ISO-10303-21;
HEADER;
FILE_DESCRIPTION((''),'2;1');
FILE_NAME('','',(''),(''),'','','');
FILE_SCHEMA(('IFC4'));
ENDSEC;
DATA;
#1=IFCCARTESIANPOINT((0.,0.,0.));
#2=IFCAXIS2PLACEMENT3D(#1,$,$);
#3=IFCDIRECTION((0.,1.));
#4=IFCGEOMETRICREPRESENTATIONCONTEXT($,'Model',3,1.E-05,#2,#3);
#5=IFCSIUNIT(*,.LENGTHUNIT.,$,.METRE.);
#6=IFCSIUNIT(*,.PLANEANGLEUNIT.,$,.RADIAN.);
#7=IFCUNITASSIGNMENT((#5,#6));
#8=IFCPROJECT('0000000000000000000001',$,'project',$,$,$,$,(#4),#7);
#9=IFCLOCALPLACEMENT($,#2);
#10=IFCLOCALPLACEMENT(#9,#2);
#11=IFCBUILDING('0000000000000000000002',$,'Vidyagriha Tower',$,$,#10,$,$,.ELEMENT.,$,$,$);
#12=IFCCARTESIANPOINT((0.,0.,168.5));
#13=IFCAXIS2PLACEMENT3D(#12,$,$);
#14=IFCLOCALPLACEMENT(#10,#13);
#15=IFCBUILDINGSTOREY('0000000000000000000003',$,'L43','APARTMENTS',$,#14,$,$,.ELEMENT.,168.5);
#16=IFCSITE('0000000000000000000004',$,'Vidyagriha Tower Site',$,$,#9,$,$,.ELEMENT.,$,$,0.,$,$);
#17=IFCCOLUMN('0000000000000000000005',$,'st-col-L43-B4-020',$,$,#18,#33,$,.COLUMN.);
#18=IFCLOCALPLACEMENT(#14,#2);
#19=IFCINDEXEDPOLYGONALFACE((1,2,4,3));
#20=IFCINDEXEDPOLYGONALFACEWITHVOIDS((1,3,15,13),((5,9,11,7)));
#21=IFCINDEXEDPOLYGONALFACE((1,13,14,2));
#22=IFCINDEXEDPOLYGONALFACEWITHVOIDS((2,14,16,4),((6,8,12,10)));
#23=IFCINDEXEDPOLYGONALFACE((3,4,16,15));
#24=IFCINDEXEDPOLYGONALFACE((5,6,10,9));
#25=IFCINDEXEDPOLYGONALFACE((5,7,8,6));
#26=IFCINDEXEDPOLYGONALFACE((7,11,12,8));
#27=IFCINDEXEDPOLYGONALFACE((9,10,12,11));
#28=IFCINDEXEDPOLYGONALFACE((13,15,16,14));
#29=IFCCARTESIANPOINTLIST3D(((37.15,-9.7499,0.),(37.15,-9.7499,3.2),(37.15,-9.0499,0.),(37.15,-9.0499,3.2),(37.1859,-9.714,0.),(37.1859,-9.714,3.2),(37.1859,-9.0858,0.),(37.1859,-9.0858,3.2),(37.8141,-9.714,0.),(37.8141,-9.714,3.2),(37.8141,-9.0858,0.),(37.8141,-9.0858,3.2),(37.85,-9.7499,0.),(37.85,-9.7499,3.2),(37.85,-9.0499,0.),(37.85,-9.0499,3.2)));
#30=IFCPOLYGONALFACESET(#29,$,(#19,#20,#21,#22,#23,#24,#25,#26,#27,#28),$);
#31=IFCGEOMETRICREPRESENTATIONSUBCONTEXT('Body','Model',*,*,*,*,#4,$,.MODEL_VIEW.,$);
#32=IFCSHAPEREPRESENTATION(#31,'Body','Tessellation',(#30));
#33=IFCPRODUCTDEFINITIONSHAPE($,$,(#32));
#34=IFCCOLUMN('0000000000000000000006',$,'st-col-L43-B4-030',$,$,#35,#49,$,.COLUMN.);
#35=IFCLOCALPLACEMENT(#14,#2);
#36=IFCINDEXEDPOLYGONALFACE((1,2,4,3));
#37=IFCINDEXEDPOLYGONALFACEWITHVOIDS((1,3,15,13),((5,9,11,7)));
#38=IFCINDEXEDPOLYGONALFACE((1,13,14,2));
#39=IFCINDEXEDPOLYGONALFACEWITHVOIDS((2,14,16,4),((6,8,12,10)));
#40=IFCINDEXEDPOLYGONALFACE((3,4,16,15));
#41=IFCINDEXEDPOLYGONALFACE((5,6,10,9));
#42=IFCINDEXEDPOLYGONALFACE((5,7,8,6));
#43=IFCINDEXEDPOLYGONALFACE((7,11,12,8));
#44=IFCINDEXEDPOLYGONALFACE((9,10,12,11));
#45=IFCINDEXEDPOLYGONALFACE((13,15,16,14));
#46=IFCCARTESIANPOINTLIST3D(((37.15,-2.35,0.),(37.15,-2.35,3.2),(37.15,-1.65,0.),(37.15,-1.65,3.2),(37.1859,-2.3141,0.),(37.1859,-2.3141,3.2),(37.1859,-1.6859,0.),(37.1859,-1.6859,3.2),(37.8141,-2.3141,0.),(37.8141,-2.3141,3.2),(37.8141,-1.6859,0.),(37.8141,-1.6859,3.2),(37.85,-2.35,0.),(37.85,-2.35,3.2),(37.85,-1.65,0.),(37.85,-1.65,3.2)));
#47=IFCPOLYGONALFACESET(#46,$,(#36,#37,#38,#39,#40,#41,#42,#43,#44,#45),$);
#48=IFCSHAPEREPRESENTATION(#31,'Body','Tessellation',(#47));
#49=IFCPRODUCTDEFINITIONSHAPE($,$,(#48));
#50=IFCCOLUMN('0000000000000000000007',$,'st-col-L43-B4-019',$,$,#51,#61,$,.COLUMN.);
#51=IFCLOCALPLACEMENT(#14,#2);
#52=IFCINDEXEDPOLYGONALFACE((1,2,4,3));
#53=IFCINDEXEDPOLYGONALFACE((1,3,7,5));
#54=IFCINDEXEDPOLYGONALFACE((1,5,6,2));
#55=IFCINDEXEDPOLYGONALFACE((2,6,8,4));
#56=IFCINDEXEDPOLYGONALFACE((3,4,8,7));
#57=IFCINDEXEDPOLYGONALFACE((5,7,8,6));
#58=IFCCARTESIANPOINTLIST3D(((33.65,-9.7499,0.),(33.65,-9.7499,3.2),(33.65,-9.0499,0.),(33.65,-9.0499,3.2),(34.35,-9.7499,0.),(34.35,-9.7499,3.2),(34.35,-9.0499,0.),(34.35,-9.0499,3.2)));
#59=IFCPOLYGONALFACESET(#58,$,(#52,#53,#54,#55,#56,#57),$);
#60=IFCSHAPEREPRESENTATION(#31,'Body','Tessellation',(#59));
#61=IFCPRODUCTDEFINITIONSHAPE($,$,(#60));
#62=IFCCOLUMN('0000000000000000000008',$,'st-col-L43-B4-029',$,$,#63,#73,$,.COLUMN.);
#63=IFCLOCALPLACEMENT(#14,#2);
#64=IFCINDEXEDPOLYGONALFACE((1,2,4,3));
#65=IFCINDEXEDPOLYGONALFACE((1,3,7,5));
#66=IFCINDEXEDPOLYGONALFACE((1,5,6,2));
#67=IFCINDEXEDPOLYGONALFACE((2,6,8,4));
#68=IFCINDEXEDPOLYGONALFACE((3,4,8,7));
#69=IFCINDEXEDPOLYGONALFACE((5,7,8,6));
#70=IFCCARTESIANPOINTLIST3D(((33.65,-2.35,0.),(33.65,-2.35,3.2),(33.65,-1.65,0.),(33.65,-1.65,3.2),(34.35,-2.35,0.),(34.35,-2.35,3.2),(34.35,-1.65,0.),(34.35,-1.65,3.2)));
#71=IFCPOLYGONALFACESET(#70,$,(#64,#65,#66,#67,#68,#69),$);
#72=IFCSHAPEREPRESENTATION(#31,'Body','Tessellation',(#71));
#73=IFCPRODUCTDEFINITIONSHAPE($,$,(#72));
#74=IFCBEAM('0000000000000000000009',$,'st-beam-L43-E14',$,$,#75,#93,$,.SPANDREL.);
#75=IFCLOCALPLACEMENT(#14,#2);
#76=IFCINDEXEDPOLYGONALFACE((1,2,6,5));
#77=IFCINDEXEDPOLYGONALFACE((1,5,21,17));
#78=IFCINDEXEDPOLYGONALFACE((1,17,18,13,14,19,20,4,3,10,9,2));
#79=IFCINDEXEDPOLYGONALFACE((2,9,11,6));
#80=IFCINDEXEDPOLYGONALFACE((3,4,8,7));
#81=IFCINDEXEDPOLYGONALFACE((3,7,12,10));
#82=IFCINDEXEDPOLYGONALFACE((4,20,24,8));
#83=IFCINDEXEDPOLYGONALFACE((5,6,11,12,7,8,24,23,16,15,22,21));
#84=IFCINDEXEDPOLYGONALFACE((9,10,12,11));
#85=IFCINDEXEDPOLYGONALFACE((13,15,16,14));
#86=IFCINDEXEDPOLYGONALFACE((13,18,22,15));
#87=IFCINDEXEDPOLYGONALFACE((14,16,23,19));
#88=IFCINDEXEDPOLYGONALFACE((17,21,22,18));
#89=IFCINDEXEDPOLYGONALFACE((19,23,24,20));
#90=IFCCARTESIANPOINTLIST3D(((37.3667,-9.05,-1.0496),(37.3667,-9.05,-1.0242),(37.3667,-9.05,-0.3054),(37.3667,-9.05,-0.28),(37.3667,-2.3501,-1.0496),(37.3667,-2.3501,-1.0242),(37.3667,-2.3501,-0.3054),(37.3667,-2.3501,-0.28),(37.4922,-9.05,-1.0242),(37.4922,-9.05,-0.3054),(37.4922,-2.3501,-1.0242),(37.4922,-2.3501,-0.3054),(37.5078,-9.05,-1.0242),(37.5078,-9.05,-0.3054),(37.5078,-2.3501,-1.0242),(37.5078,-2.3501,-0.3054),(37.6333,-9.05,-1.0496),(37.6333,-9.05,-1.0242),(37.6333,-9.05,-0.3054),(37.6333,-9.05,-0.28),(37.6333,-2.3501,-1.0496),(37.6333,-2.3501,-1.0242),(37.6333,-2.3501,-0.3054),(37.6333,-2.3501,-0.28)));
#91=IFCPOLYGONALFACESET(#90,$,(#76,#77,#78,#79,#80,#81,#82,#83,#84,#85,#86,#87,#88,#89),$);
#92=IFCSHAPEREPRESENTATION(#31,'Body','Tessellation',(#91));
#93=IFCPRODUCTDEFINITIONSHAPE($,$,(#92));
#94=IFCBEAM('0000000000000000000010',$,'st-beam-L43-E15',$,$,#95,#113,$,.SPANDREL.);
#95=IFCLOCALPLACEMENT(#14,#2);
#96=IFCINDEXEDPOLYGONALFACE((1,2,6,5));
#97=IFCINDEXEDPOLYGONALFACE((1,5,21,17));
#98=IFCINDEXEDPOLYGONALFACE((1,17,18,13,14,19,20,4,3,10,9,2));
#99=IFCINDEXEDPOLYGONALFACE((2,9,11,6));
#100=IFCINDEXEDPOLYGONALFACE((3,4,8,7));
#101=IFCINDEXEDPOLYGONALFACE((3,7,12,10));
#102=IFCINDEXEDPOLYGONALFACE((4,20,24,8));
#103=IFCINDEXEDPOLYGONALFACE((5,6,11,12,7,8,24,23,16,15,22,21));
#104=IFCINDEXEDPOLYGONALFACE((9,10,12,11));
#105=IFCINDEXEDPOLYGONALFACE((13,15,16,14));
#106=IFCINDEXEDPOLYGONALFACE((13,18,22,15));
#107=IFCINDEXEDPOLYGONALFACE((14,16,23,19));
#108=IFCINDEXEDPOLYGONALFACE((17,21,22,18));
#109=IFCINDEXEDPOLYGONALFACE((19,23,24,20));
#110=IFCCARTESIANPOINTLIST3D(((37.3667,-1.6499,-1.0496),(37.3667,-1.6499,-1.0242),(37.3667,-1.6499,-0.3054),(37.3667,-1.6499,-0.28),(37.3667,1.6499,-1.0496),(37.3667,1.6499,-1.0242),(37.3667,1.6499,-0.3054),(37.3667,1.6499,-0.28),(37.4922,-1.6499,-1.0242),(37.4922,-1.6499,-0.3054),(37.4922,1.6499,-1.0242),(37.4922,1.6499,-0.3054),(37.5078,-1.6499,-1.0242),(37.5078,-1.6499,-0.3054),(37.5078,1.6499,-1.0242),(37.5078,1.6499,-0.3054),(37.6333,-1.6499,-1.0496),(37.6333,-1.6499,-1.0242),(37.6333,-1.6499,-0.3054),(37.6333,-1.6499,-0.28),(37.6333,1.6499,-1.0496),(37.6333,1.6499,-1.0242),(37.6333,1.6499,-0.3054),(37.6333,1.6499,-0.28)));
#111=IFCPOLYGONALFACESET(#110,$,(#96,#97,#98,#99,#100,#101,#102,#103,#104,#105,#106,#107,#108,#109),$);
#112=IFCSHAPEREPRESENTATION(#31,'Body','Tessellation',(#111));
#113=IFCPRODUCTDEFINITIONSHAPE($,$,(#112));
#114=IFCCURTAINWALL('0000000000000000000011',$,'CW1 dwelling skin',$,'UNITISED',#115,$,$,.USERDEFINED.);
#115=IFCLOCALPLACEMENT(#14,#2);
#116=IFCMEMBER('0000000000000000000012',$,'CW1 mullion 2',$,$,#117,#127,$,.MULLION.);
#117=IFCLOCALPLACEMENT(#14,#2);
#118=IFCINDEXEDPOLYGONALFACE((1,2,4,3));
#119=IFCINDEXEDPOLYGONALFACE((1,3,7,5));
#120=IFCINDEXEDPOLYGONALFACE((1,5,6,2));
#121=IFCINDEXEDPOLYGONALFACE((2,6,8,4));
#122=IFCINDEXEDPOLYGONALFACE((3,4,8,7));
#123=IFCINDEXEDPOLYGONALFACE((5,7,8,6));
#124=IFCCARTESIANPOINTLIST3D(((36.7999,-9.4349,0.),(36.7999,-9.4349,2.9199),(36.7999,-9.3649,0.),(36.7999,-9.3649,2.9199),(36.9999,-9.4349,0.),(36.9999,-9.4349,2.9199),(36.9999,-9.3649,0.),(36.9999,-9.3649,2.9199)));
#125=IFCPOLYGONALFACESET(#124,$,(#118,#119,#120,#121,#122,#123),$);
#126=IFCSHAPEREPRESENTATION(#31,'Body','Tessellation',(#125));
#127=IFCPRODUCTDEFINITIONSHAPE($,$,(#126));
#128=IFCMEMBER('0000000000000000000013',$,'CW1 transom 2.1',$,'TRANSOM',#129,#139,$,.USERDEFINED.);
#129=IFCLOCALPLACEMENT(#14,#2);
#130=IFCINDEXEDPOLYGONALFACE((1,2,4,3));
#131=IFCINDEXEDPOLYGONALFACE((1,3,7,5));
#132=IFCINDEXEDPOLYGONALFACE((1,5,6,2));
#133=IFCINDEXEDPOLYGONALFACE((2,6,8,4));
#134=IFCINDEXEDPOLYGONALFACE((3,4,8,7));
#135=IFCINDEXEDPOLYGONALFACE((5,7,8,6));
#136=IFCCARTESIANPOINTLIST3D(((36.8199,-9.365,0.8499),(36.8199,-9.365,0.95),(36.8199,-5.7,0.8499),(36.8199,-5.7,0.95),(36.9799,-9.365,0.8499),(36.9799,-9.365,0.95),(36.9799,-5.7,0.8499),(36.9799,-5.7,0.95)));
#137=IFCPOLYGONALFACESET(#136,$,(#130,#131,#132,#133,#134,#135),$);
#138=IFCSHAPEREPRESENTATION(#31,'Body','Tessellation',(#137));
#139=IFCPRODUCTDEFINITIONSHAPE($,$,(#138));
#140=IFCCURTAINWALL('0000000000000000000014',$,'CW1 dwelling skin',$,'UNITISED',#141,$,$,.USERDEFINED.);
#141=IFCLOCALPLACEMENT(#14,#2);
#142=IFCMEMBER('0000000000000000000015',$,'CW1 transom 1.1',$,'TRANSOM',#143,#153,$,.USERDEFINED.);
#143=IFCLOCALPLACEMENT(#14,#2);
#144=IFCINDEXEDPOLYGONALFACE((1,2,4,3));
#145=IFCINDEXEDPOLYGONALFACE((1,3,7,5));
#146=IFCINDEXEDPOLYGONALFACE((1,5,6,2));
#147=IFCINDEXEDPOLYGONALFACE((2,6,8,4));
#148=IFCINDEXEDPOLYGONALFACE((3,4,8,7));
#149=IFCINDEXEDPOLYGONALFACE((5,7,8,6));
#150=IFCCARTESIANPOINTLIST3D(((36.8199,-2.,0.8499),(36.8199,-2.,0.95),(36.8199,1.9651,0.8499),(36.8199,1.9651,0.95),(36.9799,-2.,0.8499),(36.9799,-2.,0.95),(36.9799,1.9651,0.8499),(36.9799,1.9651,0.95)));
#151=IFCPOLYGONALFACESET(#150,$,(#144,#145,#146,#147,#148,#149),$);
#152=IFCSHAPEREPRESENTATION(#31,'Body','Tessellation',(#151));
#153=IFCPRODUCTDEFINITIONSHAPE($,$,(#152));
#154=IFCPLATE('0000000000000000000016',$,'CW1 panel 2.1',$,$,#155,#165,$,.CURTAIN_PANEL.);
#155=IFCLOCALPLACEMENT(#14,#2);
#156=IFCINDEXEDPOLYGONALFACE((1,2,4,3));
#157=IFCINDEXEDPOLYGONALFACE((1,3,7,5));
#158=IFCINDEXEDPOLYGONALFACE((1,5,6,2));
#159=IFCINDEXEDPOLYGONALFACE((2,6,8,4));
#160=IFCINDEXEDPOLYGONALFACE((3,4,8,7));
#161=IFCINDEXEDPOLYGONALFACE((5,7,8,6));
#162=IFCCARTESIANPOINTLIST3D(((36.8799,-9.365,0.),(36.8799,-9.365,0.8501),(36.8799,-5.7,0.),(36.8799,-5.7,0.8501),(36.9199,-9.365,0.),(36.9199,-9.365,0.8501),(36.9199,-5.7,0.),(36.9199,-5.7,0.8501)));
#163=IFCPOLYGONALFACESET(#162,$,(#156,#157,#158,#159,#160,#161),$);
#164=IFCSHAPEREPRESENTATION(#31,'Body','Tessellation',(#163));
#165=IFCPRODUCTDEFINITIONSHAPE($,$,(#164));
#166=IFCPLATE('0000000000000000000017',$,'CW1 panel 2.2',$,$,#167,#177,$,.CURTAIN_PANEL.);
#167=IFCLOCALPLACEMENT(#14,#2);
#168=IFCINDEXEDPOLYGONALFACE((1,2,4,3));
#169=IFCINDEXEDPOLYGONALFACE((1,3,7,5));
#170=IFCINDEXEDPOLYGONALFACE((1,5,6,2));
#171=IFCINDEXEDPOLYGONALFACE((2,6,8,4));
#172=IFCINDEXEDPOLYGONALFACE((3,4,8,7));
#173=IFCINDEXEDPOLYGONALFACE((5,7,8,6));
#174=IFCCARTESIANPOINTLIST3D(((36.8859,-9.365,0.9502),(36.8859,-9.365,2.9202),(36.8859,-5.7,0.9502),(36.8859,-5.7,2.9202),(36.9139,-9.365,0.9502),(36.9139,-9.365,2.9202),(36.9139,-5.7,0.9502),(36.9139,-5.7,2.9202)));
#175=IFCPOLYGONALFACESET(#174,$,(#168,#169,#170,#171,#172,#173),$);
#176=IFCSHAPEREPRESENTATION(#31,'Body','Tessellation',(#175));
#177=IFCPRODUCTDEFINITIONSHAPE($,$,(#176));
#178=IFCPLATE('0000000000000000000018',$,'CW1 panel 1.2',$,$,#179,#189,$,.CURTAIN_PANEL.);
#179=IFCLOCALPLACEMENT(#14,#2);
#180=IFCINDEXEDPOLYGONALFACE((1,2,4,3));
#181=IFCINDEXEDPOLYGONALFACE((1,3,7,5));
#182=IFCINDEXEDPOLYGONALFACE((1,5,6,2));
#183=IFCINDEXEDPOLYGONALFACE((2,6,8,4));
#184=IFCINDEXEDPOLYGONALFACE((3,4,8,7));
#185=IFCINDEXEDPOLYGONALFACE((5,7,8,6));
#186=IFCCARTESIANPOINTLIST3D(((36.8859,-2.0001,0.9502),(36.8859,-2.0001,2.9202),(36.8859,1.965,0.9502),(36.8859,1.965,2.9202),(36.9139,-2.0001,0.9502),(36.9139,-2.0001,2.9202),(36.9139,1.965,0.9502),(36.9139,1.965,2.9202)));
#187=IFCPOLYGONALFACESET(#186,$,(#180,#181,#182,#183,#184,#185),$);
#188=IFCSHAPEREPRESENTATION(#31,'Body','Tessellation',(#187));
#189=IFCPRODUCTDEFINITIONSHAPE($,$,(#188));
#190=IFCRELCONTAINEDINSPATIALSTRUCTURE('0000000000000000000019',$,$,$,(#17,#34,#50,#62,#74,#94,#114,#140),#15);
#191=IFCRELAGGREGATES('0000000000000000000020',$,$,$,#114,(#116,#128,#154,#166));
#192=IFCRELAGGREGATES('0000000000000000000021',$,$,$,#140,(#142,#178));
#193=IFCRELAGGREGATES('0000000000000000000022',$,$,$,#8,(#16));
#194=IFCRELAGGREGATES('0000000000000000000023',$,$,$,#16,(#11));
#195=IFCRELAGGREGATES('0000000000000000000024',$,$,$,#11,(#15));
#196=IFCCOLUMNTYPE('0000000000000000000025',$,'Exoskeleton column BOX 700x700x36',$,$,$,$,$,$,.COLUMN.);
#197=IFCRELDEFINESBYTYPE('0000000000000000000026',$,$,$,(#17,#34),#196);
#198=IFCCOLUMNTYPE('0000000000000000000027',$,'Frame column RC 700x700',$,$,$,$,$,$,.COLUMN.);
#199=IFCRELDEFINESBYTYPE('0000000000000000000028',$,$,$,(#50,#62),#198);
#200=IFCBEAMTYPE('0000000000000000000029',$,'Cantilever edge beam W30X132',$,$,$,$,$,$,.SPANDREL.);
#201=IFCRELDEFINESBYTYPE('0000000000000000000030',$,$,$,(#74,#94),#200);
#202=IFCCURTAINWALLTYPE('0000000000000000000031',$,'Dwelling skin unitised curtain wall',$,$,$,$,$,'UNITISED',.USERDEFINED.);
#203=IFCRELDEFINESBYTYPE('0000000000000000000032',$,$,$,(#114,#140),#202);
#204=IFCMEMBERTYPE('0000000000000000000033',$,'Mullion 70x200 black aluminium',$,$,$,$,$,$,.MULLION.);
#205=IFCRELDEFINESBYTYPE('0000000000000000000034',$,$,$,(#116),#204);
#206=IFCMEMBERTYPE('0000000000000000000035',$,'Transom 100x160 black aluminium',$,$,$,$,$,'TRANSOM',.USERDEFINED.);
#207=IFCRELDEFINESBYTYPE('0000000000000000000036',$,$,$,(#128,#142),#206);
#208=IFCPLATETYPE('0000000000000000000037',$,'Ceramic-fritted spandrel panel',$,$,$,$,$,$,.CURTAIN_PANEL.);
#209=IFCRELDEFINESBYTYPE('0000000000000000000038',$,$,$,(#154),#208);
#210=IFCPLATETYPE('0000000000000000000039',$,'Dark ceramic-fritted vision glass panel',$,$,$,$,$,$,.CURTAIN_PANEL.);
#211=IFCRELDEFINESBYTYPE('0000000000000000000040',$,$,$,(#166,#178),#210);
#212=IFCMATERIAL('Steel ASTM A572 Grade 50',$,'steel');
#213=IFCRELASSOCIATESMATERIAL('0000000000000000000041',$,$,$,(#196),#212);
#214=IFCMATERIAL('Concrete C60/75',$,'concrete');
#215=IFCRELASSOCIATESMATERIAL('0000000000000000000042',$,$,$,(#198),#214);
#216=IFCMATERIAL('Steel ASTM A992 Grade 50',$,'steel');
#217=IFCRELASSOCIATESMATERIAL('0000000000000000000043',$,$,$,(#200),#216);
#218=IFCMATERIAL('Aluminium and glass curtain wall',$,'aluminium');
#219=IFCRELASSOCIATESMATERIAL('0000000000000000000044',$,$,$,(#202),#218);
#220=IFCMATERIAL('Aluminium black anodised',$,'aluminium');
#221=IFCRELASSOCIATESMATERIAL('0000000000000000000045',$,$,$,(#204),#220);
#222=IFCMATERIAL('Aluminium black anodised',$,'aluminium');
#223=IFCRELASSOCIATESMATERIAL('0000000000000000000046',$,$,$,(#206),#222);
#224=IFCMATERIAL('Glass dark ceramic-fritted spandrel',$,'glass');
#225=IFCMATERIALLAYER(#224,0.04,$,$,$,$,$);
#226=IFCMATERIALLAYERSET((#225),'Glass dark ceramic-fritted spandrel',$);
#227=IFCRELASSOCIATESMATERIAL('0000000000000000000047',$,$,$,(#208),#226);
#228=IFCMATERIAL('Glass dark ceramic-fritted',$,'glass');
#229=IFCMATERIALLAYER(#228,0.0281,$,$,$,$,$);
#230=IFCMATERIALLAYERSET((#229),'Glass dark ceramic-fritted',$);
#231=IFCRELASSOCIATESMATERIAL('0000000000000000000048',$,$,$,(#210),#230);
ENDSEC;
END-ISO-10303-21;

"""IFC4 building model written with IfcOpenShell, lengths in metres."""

from ifc_helpers import new_model, si_unit, direction, frame, origin, origin_2d, place, context, subcontext, project, spatial, rectangle, hollow_rectangle, i_section, extrude, material, layer, layer_set, material_profile, profile_set, type_object, element, aggregate, save


model = new_model("IFC4")

# Units and contexts
model_context = context("Model", 3, precision=1e-05, world=origin(), true_north=direction((0.0, 1.0)))
body_context = subcontext(model_context, "Body", "Model", "MODEL_VIEW")
ifc_project = project(units=[si_unit("LENGTHUNIT", "METRE"), si_unit("PLANEANGLEUNIT", "RADIAN")], contexts=[model_context])

# Site, building, storey
site_placement = place(None, origin())
site = spatial("IfcSite", under=ifc_project, at=site_placement, Name="Vidyagriha Tower Site", CompositionType="ELEMENT", RefElevation=0.0)
building_placement = place(site_placement, origin())
building = spatial("IfcBuilding", under=site, at=building_placement, Name="Vidyagriha Tower", CompositionType="ELEMENT")
storey_placement = place(building_placement, frame((0.0, 0.0, 168.5)))
storey = spatial("IfcBuildingStorey", under=building, at=storey_placement, Name="L43", Description="APARTMENTS", CompositionType="ELEMENT", Elevation=168.5)

# Columns
ifc_material_1 = material(Name="Steel ASTM A572 Grade 50", Category="steel")
ifc_material_profile_1 = material_profile(ifc_material_1, hollow_rectangle(XDim=0.7, YDim=0.7, WallThickness=0.0359, at=origin_2d()), Name="BOX 700x700x36")
ifc_profile_set_1 = profile_set([ifc_material_profile_1], Name="Steel ASTM A572 Grade 50")
column_type_1 = type_object("IfcColumnType", Name="Exoskeleton column BOX 700x700x36", PredefinedType="COLUMN", material=ifc_profile_set_1)
for number, where, name in (
    (1, (37.5, -9.3999, 0.0), "st-col-L43-B4-020"),
    (2, (37.5, -2.0, 0.0), "st-col-L43-B4-030"),
):
    element("IfcColumn", number, at=place(storey_placement, frame(where)), inside=storey, type_object=column_type_1, Name=name, PredefinedType="COLUMN", context=body_context, shape_type="SweptSolid", body=[
        extrude(hollow_rectangle(XDim=0.7, YDim=0.7, WallThickness=0.0359, at=origin_2d()), origin(), (0.0, 0.0, 1.0), 3.2),
    ])
ifc_material_2 = material(Name="Concrete C60/75", Category="concrete")
ifc_material_profile_2 = material_profile(ifc_material_2, rectangle(XDim=0.7, YDim=0.7, at=origin_2d()), Name="RC 700x700")
ifc_profile_set_2 = profile_set([ifc_material_profile_2], Name="Concrete C60/75")
column_type_2 = type_object("IfcColumnType", Name="Frame column RC 700x700", PredefinedType="COLUMN", material=ifc_profile_set_2)
for number, where, name in (
    (3, (34.0, -9.3999, 0.0), "st-col-L43-B4-019"),
    (4, (34.0, -2.0, 0.0), "st-col-L43-B4-029"),
):
    element("IfcColumn", number, at=place(storey_placement, frame(where)), inside=storey, type_object=column_type_2, Name=name, PredefinedType="COLUMN", context=body_context, shape_type="SweptSolid", body=[
        extrude(rectangle(XDim=0.7, YDim=0.7, at=origin_2d()), origin(), (0.0, 0.0, 1.0), 3.2),
    ])

# Beams
ifc_material_3 = material(Name="Steel ASTM A992 Grade 50", Category="steel")
ifc_material_profile_3 = material_profile(ifc_material_3, i_section(OverallWidth=0.2666, OverallDepth=0.7695, WebThickness=0.0156, FlangeThickness=0.0254, at=origin_2d()), Name="W30X132")
ifc_profile_set_3 = profile_set([ifc_material_profile_3], Name="Steel ASTM A992 Grade 50")
beam_type = type_object("IfcBeamType", Name="Cantilever edge beam W30X132", PredefinedType="SPANDREL", material=ifc_profile_set_3)
beam_1_placement = place(storey_placement, frame((37.5, -9.05, -0.6648), z_axis=(0.0, 1.0, 0.0), x_axis=(-1.0, 0.0, 0.0)))
element("IfcBeam", 5, at=beam_1_placement, inside=storey, type_object=beam_type, Name="st-beam-L43-E14", PredefinedType="SPANDREL", context=body_context, shape_type="SweptSolid", body=[
    extrude(i_section(OverallWidth=0.2666, OverallDepth=0.7695, WebThickness=0.0156, FlangeThickness=0.0254, at=origin_2d()), origin(), (0.0, 0.0, 1.0), 6.7),
])
beam_2_placement = place(storey_placement, frame((37.5, -1.6499, -0.6648), z_axis=(0.0, 1.0, 0.0), x_axis=(-1.0, 0.0, 0.0)))
element("IfcBeam", 6, at=beam_2_placement, inside=storey, type_object=beam_type, Name="st-beam-L43-E15", PredefinedType="SPANDREL", context=body_context, shape_type="SweptSolid", body=[
    extrude(i_section(OverallWidth=0.2666, OverallDepth=0.7695, WebThickness=0.0156, FlangeThickness=0.0254, at=origin_2d()), origin(), (0.0, 0.0, 1.0), 3.2998),
])

# Curtain wall, members
ifc_material_4 = material(Name="Aluminium and glass curtain wall", Category="aluminium")
curtain_wall_type = type_object("IfcCurtainWallType", Name="Dwelling skin unitised curtain wall", ElementType="UNITISED", PredefinedType="USERDEFINED", material=ifc_material_4)
curtain_wall_1_placement = place(storey_placement, origin())
curtain_wall_1 = element("IfcCurtainWall", 7, at=curtain_wall_1_placement, inside=storey, type_object=curtain_wall_type, Name="CW1 dwelling skin", ObjectType="UNITISED", PredefinedType="USERDEFINED")
ifc_material_5 = material(Name="Aluminium black anodised", Category="aluminium")
ifc_material_profile_4 = material_profile(ifc_material_5, rectangle(XDim=0.2, YDim=0.0701, at=origin_2d()), Name="Mullion 70x200 black aluminium")
ifc_profile_set_4 = profile_set([ifc_material_profile_4], Name="Aluminium black anodised")
member_type_1 = type_object("IfcMemberType", Name="Mullion 70x200 black aluminium", PredefinedType="MULLION", material=ifc_profile_set_4)
member_1_placement = place(storey_placement, frame((36.8999, -9.3999, 0.0), z_axis=(0.0, 0.0, 1.0), x_axis=(-1.0, 0.0, 0.0)))
member_1 = element("IfcMember", 8, at=member_1_placement, type_object=member_type_1, Name="CW1 mullion 2", PredefinedType="MULLION", context=body_context, shape_type="SweptSolid", body=[
    extrude(rectangle(XDim=0.2, YDim=0.0701, at=origin_2d()), origin(), (0.0, 0.0, 1.0), 2.9199),
])
ifc_material_6 = material(Name="Aluminium black anodised", Category="aluminium")
ifc_material_profile_5 = material_profile(ifc_material_6, rectangle(XDim=0.1599, YDim=0.1001, at=origin_2d()), Name="Transom 100x160 black aluminium")
ifc_profile_set_5 = profile_set([ifc_material_profile_5], Name="Aluminium black anodised")
member_type_2 = type_object("IfcMemberType", Name="Transom 100x160 black aluminium", ElementType="TRANSOM", PredefinedType="USERDEFINED", material=ifc_profile_set_5)
member_2_placement = place(storey_placement, frame((36.8999, -9.365, 0.8999), z_axis=(0.0, 1.0, 0.0), x_axis=(-1.0, 0.0, 0.0)))
member_2 = element("IfcMember", 9, at=member_2_placement, type_object=member_type_2, Name="CW1 transom 2.1", ObjectType="TRANSOM", PredefinedType="USERDEFINED", context=body_context, shape_type="SweptSolid", body=[
    extrude(rectangle(XDim=0.1599, YDim=0.1001, at=origin_2d()), origin(), (0.0, 0.0, 1.0), 3.665),
])

# Curtain wall, member
curtain_wall_2_placement = place(storey_placement, origin())
curtain_wall_2 = element("IfcCurtainWall", 10, at=curtain_wall_2_placement, inside=storey, type_object=curtain_wall_type, Name="CW1 dwelling skin", ObjectType="UNITISED", PredefinedType="USERDEFINED")
member_3_placement = place(storey_placement, frame((36.8999, -2.0, 0.8999), z_axis=(0.0, 1.0, 0.0), x_axis=(-1.0, 0.0, 0.0)))
member_3 = element("IfcMember", 11, at=member_3_placement, type_object=member_type_2, Name="CW1 transom 1.1", ObjectType="TRANSOM", PredefinedType="USERDEFINED", context=body_context, shape_type="SweptSolid", body=[
    extrude(rectangle(XDim=0.1599, YDim=0.1001, at=origin_2d()), origin(), (0.0, 0.0, 1.0), 3.9651),
])

# Plates
ifc_material_7 = material(Name="Glass dark ceramic-fritted spandrel", Category="glass")
ifc_layer_1 = layer(ifc_material_7, 0.04)
ifc_layer_set_1 = layer_set([ifc_layer_1], Name="Glass dark ceramic-fritted spandrel")
plate_type_1 = type_object("IfcPlateType", Name="Ceramic-fritted spandrel panel", PredefinedType="CURTAIN_PANEL", material=ifc_layer_set_1)
plate_1_placement = place(storey_placement, frame((36.8999, -7.5325, 0.0), z_axis=(0.0, 0.0, 1.0), x_axis=(0.0, 1.0, 0.0)))
plate_1 = element("IfcPlate", 12, at=plate_1_placement, type_object=plate_type_1, Name="CW1 panel 2.1", PredefinedType="CURTAIN_PANEL", context=body_context, shape_type="SweptSolid", body=[
    extrude(rectangle(XDim=3.665, YDim=0.04, at=origin_2d()), origin(), (0.0, 0.0, 1.0), 0.8501),
])
ifc_material_8 = material(Name="Glass dark ceramic-fritted", Category="glass")
ifc_layer_2 = layer(ifc_material_8, 0.0281)
ifc_layer_set_2 = layer_set([ifc_layer_2], Name="Glass dark ceramic-fritted")
plate_type_2 = type_object("IfcPlateType", Name="Dark ceramic-fritted vision glass panel", PredefinedType="CURTAIN_PANEL", material=ifc_layer_set_2)
plate_2_placement = place(storey_placement, frame((36.8999, -7.5325, 0.9502), z_axis=(0.0, 0.0, 1.0), x_axis=(0.0, 1.0, 0.0)))
plate_2 = element("IfcPlate", 13, at=plate_2_placement, type_object=plate_type_2, Name="CW1 panel 2.2", PredefinedType="CURTAIN_PANEL", context=body_context, shape_type="SweptSolid", body=[
    extrude(rectangle(XDim=3.665, YDim=0.0281, at=origin_2d()), origin(), (0.0, 0.0, 1.0), 1.97),
])
aggregate(curtain_wall_1, [member_1, member_2, plate_1, plate_2])
plate_3_placement = place(storey_placement, frame((36.8999, -0.0176, 0.9502), z_axis=(0.0, 0.0, 1.0), x_axis=(0.0, 1.0, 0.0)))
plate_3 = element("IfcPlate", 14, at=plate_3_placement, type_object=plate_type_2, Name="CW1 panel 1.2", PredefinedType="CURTAIN_PANEL", context=body_context, shape_type="SweptSolid", body=[
    extrude(rectangle(XDim=3.9651, YDim=0.0281, at=origin_2d()), origin(), (0.0, 0.0, 1.0), 1.97),
])
aggregate(curtain_wall_2, [member_3, plate_3])

save(model, "model.ifc")
